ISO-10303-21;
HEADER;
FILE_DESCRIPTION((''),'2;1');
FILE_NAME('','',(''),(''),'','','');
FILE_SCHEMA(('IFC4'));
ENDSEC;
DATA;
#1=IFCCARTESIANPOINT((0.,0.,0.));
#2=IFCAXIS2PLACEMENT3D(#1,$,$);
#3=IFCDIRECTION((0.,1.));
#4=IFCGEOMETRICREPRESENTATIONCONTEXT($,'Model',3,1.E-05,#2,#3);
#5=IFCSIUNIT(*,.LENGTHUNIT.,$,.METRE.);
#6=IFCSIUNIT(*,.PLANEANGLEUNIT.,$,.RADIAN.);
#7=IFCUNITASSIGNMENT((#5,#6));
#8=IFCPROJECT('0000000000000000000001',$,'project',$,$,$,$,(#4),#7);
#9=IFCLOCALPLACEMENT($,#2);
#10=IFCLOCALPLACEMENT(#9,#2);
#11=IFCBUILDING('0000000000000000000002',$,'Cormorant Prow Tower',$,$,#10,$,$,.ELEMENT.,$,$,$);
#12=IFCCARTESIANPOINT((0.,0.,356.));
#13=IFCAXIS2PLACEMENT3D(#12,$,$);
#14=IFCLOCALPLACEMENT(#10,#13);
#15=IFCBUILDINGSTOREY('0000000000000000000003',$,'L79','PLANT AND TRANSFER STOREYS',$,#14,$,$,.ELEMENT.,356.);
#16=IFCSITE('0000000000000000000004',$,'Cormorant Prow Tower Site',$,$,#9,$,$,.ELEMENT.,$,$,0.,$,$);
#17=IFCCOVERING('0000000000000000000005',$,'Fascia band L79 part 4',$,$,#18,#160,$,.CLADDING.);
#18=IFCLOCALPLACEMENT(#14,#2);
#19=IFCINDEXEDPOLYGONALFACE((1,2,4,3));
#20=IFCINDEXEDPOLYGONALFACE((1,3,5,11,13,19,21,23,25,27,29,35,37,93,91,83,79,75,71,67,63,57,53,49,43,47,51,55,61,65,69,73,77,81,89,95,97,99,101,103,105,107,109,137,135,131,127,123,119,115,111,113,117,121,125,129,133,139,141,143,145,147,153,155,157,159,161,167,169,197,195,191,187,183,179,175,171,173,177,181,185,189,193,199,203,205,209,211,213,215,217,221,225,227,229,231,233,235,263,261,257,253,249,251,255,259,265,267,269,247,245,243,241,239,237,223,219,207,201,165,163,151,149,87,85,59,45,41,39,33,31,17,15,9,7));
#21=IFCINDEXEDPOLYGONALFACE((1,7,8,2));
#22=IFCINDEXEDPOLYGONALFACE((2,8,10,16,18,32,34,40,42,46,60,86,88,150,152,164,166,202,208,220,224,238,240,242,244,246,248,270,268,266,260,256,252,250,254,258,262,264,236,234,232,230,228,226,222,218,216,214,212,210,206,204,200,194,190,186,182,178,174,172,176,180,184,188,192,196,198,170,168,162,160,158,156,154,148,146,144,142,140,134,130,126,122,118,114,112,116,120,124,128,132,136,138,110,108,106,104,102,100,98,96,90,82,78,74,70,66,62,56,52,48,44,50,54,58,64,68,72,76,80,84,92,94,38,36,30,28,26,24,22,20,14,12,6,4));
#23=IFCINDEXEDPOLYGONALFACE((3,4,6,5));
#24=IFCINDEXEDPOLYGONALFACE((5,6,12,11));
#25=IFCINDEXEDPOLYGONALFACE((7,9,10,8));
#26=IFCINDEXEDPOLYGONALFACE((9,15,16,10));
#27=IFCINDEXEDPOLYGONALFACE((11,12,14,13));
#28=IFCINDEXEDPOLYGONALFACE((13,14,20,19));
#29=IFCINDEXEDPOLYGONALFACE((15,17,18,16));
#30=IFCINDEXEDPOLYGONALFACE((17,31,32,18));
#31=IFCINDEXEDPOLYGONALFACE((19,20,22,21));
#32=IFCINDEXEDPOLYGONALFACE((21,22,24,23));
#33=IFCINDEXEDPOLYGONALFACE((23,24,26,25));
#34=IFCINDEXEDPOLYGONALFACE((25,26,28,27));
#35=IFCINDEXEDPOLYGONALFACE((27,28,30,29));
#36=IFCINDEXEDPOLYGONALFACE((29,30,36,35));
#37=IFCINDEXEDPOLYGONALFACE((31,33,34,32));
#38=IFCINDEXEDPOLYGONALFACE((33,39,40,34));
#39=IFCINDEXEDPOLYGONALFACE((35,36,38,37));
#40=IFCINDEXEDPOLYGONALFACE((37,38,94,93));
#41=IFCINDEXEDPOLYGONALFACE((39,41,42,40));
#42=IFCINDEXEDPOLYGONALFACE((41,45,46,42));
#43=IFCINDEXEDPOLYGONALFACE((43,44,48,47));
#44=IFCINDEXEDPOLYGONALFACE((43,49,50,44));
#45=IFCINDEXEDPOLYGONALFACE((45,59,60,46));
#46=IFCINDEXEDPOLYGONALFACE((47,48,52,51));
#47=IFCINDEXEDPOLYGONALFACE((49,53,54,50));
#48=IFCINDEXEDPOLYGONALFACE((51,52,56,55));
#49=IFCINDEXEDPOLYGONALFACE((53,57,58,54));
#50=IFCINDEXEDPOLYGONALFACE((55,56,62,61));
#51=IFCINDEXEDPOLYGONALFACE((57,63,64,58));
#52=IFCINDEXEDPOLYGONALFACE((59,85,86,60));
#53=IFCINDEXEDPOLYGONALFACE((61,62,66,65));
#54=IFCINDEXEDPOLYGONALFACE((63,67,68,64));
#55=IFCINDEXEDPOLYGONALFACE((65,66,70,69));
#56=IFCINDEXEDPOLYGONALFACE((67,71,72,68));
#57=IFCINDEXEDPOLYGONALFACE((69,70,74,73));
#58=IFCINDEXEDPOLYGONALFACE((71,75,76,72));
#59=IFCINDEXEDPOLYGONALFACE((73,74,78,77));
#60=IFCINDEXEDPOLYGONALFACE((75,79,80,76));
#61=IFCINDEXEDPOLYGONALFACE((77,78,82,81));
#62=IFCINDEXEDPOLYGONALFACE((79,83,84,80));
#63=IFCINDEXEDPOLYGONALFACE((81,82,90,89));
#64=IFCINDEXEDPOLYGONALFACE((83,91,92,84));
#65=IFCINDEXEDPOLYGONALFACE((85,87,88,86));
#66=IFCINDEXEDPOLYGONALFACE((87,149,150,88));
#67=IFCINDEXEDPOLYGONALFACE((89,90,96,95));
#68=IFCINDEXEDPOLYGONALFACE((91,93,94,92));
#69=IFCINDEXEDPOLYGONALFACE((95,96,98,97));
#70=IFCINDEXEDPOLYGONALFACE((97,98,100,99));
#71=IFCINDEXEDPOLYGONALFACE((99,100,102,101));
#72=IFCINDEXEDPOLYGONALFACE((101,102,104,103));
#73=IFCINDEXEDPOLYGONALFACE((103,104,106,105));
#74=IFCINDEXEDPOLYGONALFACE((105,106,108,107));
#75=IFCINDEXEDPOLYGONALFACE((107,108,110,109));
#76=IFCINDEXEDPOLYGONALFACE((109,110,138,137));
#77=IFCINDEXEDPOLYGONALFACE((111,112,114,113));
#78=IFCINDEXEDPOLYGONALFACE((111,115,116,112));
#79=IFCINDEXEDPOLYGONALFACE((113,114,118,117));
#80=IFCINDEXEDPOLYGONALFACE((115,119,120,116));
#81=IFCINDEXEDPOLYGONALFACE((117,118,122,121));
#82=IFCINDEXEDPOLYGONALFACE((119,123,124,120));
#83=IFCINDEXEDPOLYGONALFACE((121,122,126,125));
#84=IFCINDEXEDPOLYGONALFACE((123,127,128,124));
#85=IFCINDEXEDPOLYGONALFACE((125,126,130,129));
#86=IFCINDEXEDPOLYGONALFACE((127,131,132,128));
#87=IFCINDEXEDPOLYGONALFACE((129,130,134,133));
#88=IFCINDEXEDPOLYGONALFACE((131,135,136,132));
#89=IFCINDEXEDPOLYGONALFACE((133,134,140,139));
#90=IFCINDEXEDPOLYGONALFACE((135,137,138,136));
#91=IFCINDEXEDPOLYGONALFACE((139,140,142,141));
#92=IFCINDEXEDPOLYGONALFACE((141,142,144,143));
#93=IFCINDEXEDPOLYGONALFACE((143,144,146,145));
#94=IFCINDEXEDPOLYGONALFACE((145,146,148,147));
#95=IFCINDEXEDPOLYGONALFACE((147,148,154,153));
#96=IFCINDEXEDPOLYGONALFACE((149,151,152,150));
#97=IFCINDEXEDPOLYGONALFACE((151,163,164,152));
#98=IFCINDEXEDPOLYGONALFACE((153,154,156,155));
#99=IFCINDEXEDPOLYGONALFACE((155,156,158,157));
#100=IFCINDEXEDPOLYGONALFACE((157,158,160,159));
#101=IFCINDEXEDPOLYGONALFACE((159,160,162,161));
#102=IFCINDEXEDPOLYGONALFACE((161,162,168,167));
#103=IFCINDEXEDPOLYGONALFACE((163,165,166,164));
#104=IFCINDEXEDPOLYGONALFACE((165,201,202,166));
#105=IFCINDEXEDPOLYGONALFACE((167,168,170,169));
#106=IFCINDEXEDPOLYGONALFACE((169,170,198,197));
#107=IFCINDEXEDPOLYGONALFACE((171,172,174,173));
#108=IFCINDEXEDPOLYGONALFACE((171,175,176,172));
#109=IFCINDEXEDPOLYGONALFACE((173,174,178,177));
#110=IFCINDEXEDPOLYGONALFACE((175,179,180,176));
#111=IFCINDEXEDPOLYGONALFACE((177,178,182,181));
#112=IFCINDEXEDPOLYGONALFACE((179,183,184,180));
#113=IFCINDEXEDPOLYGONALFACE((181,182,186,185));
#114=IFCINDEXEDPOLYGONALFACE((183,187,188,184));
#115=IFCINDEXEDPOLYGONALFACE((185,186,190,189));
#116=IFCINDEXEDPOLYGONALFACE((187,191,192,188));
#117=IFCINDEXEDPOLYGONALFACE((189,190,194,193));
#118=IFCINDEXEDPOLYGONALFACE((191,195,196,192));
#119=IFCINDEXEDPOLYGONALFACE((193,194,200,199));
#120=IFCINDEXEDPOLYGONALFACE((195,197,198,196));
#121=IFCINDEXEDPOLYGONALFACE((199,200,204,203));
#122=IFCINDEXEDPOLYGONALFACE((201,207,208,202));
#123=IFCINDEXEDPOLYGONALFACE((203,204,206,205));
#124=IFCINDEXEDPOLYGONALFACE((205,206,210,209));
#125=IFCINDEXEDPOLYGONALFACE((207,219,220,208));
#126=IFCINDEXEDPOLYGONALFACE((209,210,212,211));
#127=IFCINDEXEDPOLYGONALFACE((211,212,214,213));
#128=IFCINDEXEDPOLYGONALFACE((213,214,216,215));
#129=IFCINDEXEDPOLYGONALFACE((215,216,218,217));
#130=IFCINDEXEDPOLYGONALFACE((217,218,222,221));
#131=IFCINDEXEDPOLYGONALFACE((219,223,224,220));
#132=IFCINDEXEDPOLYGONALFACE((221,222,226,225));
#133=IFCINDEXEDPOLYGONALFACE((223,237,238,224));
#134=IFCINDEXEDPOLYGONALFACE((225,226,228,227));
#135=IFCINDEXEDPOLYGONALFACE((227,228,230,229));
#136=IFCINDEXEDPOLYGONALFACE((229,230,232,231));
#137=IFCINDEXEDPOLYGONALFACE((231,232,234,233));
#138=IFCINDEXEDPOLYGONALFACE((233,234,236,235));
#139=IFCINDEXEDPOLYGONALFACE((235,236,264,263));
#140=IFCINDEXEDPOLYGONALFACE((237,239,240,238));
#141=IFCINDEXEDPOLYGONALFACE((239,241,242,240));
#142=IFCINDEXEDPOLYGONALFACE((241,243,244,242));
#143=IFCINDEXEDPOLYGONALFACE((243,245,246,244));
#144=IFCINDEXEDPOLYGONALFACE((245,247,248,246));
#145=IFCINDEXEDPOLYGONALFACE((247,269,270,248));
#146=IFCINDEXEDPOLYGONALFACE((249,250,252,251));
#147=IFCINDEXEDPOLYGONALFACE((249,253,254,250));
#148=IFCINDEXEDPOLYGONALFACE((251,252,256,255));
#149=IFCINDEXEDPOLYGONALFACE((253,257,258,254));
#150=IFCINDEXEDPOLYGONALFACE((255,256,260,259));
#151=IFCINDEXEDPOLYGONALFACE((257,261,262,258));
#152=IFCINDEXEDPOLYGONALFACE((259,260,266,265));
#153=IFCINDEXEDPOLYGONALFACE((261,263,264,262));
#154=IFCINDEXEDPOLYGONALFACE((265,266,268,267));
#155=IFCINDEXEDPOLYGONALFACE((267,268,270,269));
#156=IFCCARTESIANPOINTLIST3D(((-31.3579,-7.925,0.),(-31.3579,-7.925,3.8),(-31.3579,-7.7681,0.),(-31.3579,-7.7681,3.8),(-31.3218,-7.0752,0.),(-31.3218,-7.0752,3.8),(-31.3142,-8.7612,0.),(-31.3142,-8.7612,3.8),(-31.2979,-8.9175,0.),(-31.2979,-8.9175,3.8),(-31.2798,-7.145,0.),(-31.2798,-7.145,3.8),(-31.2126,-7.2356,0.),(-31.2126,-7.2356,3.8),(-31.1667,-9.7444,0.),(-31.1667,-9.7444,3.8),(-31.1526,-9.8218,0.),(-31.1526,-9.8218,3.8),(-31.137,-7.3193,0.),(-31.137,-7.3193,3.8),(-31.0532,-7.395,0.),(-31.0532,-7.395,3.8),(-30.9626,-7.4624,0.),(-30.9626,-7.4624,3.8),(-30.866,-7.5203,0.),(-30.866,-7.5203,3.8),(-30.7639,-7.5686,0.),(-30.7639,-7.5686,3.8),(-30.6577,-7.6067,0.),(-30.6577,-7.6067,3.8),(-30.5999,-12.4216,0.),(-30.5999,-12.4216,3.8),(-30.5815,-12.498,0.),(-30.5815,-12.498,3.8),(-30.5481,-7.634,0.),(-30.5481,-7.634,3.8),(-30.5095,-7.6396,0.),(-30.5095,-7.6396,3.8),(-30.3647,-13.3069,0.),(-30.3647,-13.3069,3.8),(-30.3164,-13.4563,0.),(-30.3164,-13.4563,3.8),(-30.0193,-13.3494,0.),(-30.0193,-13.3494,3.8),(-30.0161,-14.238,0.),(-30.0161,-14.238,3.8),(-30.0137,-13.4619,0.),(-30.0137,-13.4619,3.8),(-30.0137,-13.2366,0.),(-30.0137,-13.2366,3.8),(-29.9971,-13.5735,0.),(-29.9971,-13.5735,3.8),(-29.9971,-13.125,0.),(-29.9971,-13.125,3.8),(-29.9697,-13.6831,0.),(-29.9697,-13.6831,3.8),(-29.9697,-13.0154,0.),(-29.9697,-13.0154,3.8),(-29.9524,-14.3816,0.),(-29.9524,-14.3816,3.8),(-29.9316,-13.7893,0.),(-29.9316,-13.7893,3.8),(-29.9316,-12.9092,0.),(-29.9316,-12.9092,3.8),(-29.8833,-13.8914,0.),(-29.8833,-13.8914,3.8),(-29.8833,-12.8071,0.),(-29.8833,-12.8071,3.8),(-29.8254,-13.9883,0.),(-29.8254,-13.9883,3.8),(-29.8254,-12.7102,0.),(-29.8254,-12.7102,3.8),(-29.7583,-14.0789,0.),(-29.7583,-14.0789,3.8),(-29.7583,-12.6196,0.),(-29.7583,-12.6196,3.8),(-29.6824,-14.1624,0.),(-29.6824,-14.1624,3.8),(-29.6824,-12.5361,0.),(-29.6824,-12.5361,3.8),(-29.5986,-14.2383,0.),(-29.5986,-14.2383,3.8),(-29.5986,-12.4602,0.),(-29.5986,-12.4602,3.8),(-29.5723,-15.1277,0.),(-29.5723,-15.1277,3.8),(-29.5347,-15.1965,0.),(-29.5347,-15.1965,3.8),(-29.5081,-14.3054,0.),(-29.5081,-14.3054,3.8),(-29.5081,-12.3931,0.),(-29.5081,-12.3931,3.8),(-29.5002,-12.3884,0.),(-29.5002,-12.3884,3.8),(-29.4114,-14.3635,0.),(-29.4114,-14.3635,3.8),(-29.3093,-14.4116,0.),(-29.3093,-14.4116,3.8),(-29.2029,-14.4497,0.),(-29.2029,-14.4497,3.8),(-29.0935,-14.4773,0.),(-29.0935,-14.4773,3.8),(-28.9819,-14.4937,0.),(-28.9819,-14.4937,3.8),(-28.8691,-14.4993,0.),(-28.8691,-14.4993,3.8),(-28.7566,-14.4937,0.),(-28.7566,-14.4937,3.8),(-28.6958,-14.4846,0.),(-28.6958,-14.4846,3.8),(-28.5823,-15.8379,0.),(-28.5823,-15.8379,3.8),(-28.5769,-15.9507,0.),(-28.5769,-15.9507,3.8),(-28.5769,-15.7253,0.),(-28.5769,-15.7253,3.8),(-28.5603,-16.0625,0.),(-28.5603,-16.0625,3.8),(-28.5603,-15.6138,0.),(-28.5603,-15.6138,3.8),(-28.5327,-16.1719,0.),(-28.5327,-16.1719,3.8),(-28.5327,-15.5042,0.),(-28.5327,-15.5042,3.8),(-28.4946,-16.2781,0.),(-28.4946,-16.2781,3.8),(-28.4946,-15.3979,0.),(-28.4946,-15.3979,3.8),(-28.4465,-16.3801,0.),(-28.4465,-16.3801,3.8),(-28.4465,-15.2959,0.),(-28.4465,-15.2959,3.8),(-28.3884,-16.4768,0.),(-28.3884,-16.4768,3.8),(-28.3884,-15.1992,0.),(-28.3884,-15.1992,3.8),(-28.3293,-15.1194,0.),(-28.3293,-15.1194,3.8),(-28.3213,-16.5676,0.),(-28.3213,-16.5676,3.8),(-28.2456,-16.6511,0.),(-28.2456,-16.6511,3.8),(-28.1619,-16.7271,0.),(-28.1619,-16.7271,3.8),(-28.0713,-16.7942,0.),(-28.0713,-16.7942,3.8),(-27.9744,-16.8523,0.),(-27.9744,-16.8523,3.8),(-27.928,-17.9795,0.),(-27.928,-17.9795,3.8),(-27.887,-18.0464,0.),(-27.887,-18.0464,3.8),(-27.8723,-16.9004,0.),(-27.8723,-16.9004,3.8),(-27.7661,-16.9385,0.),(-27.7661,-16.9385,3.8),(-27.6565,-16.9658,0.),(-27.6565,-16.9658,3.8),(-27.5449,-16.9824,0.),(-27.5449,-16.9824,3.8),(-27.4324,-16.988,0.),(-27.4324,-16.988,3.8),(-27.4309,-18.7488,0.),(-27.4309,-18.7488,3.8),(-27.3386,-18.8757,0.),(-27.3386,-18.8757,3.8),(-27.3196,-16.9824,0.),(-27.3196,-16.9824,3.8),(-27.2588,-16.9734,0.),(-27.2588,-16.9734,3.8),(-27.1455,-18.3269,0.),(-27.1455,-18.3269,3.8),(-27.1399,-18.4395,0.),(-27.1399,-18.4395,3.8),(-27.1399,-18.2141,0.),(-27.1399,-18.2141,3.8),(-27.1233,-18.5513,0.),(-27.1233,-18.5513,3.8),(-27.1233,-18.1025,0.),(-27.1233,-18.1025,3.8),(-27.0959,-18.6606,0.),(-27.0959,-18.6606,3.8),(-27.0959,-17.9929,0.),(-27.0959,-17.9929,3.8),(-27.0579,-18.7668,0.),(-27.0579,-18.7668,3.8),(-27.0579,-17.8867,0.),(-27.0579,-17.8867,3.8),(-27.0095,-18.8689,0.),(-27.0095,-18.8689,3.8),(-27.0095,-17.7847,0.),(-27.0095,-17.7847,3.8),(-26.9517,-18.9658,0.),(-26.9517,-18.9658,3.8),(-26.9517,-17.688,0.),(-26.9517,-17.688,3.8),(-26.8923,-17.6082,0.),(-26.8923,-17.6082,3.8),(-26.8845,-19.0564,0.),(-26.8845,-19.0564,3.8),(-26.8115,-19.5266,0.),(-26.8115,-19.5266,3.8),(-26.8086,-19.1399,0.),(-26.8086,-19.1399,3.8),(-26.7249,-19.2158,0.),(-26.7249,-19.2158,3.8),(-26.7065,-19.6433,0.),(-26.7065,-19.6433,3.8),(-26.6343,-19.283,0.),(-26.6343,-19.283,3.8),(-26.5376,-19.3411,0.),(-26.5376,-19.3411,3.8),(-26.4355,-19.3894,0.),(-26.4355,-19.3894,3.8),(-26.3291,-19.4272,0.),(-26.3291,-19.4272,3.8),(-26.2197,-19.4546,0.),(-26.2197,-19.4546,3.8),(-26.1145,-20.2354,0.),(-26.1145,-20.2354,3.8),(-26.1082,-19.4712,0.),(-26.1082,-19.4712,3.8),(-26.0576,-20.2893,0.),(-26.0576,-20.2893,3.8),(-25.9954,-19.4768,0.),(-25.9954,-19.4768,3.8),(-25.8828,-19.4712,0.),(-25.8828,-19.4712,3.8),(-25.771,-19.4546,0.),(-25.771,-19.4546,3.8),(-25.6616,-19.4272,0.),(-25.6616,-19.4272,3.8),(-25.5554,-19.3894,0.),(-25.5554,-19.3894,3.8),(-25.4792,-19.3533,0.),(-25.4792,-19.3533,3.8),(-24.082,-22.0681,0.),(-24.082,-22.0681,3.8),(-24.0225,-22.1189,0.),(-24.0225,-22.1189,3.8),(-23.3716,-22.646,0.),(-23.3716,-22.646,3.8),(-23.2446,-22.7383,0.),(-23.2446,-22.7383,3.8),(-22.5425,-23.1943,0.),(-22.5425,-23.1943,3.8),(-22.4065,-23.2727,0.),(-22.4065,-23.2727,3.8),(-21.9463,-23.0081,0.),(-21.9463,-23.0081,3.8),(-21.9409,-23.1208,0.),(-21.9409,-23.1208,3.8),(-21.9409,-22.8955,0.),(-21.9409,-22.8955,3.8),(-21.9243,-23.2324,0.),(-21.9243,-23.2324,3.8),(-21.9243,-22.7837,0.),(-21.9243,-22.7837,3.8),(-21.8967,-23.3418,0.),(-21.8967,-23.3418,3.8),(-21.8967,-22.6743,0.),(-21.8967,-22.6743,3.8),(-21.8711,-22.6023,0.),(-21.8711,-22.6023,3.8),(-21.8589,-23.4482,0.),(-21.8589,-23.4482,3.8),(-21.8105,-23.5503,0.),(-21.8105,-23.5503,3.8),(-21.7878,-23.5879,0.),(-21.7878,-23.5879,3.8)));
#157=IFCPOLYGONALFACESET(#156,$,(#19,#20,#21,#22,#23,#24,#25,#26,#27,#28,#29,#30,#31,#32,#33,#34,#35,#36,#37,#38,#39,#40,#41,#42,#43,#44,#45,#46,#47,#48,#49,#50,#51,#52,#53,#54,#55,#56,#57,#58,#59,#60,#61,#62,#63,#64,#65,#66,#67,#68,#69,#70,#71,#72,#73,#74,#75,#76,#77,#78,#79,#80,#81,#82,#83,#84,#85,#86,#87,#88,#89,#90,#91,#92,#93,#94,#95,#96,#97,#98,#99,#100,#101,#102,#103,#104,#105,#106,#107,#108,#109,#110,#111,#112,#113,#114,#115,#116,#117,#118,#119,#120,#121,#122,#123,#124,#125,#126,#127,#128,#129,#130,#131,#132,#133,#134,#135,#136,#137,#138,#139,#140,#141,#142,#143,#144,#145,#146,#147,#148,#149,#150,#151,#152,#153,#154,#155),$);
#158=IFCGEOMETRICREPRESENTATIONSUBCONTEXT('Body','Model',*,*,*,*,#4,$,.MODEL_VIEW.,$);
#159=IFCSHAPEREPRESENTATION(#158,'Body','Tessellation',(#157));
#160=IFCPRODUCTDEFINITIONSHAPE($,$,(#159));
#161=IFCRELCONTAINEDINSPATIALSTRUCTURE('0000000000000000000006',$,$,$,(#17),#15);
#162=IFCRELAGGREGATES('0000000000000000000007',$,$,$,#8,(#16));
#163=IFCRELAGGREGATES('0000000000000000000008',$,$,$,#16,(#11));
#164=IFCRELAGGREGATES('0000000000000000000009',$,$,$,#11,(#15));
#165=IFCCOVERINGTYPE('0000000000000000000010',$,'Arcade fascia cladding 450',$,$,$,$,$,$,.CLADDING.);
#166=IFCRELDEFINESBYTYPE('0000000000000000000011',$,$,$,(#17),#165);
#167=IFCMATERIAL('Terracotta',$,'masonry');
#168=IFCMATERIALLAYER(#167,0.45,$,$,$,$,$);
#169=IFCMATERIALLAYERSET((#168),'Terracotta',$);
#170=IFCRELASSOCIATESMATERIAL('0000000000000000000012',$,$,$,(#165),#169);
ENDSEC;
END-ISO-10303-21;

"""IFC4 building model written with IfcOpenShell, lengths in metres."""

from ifc_helpers import new_model, si_unit, direction, frame, origin, place, context, subcontext, project, spatial, polyline, outline, extrude, material, layer, layer_set, type_object, element, save


model = new_model("IFC4")

# Units and contexts
model_context = context("Model", 3, precision=1e-05, world=origin(), true_north=direction((0.0, 1.0)))
body_context = subcontext(model_context, "Body", "Model", "MODEL_VIEW")
ifc_project = project(units=[si_unit("LENGTHUNIT", "METRE"), si_unit("PLANEANGLEUNIT", "RADIAN")], contexts=[model_context])

# Site, building, storey
site_placement = place(None, origin())
site = spatial("IfcSite", under=ifc_project, at=site_placement, Name="Cormorant Prow Tower Site", CompositionType="ELEMENT", RefElevation=0.0)
building_placement = place(site_placement, origin())
building = spatial("IfcBuilding", under=site, at=building_placement, Name="Cormorant Prow Tower", CompositionType="ELEMENT")
storey_placement = place(building_placement, frame((0.0, 0.0, 356.0)))
storey = spatial("IfcBuildingStorey", under=building, at=storey_placement, Name="L79", Description="PLANT AND TRANSFER STOREYS", CompositionType="ELEMENT", Elevation=356.0)

# Covering
ifc_material_1 = material(Name="Terracotta", Category="masonry")
ifc_layer_1 = layer(ifc_material_1, 0.45)
ifc_layer_set_1 = layer_set([ifc_layer_1], Name="Terracotta")
covering_type = type_object("IfcCoveringType", Name="Arcade fascia cladding 450", PredefinedType="CLADDING", material=ifc_layer_set_1)
covering_1_placement = place(storey_placement, origin())
element("IfcCovering", 1, at=covering_1_placement, inside=storey, type_object=covering_type, Name="Fascia band L79 part 4", PredefinedType="CLADDING", context=body_context, shape_type="SweptSolid", body=[
    extrude(outline(polyline([(-22.5425, -23.1943), (-23.2446, -22.7383), (-23.3716, -22.646), (-24.0225, -22.1189), (-24.082, -22.0681), (-26.0576, -20.2893), (-26.1145, -20.2354), (-26.7065, -19.6433), (-26.8115, -19.5266), (-27.3386, -18.8757), (-27.4309, -18.7488), (-27.887, -18.0464), (-27.928, -17.9795), (-29.5347, -15.1965), (-29.5723, -15.1277), (-29.9524, -14.3816), (-30.0161, -14.238), (-30.3164, -13.4563), (-30.3647, -13.3069), (-30.5815, -12.498), (-30.5999, -12.4216), (-31.1526, -9.8218), (-31.1667, -9.7444), (-31.2979, -8.9175), (-31.3142, -8.7612), (-31.3579, -7.925), (-31.3579, -7.7681), (-31.3218, -7.0752), (-31.2798, -7.145), (-31.2126, -7.2356), (-31.137, -7.3193), (-31.0532, -7.395), (-30.9626, -7.4624), (-30.866, -7.5203), (-30.7639, -7.5686), (-30.6577, -7.6067), (-30.5481, -7.634), (-30.5095, -7.6396), (-29.5002, -12.3884), (-29.5081, -12.3931), (-29.5986, -12.4602), (-29.6824, -12.5361), (-29.7583, -12.6196), (-29.8254, -12.7102), (-29.8833, -12.8071), (-29.9316, -12.9092), (-29.9697, -13.0154), (-29.9971, -13.125), (-30.0137, -13.2366), (-30.0193, -13.3494), (-30.0137, -13.4619), (-29.9971, -13.5735), (-29.9697, -13.6831), (-29.9316, -13.7893), (-29.8833, -13.8914), (-29.8254, -13.9883), (-29.7583, -14.0789), (-29.6824, -14.1624), (-29.5986, -14.2383), (-29.5081, -14.3054), (-29.4114, -14.3635), (-29.3093, -14.4116), (-29.2029, -14.4497), (-29.0935, -14.4773), (-28.9819, -14.4937), (-28.8691, -14.4993), (-28.7566, -14.4937), (-28.6958, -14.4846), (-28.3293, -15.1194), (-28.3884, -15.1992), (-28.4465, -15.2959), (-28.4946, -15.3979), (-28.5327, -15.5042), (-28.5603, -15.6138), (-28.5769, -15.7253), (-28.5823, -15.8379), (-28.5769, -15.9507), (-28.5603, -16.0625), (-28.5327, -16.1719), (-28.4946, -16.2781), (-28.4465, -16.3801), (-28.3884, -16.4768), (-28.3213, -16.5676), (-28.2456, -16.6511), (-28.1619, -16.7271), (-28.0713, -16.7942), (-27.9744, -16.8523), (-27.8723, -16.9004), (-27.7661, -16.9385), (-27.6565, -16.9658), (-27.5449, -16.9824), (-27.4324, -16.988), (-27.3196, -16.9824), (-27.2588, -16.9734), (-26.8923, -17.6082), (-26.9517, -17.688), (-27.0095, -17.7847), (-27.0579, -17.8867), (-27.0959, -17.9929), (-27.1233, -18.1025), (-27.1399, -18.2141), (-27.1455, -18.3269), (-27.1399, -18.4395), (-27.1233, -18.5513), (-27.0959, -18.6606), (-27.0579, -18.7668), (-27.0095, -18.8689), (-26.9517, -18.9658), (-26.8845, -19.0564), (-26.8086, -19.1399), (-26.7249, -19.2158), (-26.6343, -19.283), (-26.5376, -19.3411), (-26.4355, -19.3894), (-26.3291, -19.4272), (-26.2197, -19.4546), (-26.1082, -19.4712), (-25.9954, -19.4768), (-25.8828, -19.4712), (-25.771, -19.4546), (-25.6616, -19.4272), (-25.5554, -19.3894), (-25.4792, -19.3533), (-21.8711, -22.6023), (-21.8967, -22.6743), (-21.9243, -22.7837), (-21.9409, -22.8955), (-21.9463, -23.0081), (-21.9409, -23.1208), (-21.9243, -23.2324), (-21.8967, -23.3418), (-21.8589, -23.4482), (-21.8105, -23.5503), (-21.7878, -23.5879), (-22.4065, -23.2727), (-22.5425, -23.1943)])), origin(), (0.0, 0.0, 1.0), 3.8),
])

save(model, "model.ifc")
